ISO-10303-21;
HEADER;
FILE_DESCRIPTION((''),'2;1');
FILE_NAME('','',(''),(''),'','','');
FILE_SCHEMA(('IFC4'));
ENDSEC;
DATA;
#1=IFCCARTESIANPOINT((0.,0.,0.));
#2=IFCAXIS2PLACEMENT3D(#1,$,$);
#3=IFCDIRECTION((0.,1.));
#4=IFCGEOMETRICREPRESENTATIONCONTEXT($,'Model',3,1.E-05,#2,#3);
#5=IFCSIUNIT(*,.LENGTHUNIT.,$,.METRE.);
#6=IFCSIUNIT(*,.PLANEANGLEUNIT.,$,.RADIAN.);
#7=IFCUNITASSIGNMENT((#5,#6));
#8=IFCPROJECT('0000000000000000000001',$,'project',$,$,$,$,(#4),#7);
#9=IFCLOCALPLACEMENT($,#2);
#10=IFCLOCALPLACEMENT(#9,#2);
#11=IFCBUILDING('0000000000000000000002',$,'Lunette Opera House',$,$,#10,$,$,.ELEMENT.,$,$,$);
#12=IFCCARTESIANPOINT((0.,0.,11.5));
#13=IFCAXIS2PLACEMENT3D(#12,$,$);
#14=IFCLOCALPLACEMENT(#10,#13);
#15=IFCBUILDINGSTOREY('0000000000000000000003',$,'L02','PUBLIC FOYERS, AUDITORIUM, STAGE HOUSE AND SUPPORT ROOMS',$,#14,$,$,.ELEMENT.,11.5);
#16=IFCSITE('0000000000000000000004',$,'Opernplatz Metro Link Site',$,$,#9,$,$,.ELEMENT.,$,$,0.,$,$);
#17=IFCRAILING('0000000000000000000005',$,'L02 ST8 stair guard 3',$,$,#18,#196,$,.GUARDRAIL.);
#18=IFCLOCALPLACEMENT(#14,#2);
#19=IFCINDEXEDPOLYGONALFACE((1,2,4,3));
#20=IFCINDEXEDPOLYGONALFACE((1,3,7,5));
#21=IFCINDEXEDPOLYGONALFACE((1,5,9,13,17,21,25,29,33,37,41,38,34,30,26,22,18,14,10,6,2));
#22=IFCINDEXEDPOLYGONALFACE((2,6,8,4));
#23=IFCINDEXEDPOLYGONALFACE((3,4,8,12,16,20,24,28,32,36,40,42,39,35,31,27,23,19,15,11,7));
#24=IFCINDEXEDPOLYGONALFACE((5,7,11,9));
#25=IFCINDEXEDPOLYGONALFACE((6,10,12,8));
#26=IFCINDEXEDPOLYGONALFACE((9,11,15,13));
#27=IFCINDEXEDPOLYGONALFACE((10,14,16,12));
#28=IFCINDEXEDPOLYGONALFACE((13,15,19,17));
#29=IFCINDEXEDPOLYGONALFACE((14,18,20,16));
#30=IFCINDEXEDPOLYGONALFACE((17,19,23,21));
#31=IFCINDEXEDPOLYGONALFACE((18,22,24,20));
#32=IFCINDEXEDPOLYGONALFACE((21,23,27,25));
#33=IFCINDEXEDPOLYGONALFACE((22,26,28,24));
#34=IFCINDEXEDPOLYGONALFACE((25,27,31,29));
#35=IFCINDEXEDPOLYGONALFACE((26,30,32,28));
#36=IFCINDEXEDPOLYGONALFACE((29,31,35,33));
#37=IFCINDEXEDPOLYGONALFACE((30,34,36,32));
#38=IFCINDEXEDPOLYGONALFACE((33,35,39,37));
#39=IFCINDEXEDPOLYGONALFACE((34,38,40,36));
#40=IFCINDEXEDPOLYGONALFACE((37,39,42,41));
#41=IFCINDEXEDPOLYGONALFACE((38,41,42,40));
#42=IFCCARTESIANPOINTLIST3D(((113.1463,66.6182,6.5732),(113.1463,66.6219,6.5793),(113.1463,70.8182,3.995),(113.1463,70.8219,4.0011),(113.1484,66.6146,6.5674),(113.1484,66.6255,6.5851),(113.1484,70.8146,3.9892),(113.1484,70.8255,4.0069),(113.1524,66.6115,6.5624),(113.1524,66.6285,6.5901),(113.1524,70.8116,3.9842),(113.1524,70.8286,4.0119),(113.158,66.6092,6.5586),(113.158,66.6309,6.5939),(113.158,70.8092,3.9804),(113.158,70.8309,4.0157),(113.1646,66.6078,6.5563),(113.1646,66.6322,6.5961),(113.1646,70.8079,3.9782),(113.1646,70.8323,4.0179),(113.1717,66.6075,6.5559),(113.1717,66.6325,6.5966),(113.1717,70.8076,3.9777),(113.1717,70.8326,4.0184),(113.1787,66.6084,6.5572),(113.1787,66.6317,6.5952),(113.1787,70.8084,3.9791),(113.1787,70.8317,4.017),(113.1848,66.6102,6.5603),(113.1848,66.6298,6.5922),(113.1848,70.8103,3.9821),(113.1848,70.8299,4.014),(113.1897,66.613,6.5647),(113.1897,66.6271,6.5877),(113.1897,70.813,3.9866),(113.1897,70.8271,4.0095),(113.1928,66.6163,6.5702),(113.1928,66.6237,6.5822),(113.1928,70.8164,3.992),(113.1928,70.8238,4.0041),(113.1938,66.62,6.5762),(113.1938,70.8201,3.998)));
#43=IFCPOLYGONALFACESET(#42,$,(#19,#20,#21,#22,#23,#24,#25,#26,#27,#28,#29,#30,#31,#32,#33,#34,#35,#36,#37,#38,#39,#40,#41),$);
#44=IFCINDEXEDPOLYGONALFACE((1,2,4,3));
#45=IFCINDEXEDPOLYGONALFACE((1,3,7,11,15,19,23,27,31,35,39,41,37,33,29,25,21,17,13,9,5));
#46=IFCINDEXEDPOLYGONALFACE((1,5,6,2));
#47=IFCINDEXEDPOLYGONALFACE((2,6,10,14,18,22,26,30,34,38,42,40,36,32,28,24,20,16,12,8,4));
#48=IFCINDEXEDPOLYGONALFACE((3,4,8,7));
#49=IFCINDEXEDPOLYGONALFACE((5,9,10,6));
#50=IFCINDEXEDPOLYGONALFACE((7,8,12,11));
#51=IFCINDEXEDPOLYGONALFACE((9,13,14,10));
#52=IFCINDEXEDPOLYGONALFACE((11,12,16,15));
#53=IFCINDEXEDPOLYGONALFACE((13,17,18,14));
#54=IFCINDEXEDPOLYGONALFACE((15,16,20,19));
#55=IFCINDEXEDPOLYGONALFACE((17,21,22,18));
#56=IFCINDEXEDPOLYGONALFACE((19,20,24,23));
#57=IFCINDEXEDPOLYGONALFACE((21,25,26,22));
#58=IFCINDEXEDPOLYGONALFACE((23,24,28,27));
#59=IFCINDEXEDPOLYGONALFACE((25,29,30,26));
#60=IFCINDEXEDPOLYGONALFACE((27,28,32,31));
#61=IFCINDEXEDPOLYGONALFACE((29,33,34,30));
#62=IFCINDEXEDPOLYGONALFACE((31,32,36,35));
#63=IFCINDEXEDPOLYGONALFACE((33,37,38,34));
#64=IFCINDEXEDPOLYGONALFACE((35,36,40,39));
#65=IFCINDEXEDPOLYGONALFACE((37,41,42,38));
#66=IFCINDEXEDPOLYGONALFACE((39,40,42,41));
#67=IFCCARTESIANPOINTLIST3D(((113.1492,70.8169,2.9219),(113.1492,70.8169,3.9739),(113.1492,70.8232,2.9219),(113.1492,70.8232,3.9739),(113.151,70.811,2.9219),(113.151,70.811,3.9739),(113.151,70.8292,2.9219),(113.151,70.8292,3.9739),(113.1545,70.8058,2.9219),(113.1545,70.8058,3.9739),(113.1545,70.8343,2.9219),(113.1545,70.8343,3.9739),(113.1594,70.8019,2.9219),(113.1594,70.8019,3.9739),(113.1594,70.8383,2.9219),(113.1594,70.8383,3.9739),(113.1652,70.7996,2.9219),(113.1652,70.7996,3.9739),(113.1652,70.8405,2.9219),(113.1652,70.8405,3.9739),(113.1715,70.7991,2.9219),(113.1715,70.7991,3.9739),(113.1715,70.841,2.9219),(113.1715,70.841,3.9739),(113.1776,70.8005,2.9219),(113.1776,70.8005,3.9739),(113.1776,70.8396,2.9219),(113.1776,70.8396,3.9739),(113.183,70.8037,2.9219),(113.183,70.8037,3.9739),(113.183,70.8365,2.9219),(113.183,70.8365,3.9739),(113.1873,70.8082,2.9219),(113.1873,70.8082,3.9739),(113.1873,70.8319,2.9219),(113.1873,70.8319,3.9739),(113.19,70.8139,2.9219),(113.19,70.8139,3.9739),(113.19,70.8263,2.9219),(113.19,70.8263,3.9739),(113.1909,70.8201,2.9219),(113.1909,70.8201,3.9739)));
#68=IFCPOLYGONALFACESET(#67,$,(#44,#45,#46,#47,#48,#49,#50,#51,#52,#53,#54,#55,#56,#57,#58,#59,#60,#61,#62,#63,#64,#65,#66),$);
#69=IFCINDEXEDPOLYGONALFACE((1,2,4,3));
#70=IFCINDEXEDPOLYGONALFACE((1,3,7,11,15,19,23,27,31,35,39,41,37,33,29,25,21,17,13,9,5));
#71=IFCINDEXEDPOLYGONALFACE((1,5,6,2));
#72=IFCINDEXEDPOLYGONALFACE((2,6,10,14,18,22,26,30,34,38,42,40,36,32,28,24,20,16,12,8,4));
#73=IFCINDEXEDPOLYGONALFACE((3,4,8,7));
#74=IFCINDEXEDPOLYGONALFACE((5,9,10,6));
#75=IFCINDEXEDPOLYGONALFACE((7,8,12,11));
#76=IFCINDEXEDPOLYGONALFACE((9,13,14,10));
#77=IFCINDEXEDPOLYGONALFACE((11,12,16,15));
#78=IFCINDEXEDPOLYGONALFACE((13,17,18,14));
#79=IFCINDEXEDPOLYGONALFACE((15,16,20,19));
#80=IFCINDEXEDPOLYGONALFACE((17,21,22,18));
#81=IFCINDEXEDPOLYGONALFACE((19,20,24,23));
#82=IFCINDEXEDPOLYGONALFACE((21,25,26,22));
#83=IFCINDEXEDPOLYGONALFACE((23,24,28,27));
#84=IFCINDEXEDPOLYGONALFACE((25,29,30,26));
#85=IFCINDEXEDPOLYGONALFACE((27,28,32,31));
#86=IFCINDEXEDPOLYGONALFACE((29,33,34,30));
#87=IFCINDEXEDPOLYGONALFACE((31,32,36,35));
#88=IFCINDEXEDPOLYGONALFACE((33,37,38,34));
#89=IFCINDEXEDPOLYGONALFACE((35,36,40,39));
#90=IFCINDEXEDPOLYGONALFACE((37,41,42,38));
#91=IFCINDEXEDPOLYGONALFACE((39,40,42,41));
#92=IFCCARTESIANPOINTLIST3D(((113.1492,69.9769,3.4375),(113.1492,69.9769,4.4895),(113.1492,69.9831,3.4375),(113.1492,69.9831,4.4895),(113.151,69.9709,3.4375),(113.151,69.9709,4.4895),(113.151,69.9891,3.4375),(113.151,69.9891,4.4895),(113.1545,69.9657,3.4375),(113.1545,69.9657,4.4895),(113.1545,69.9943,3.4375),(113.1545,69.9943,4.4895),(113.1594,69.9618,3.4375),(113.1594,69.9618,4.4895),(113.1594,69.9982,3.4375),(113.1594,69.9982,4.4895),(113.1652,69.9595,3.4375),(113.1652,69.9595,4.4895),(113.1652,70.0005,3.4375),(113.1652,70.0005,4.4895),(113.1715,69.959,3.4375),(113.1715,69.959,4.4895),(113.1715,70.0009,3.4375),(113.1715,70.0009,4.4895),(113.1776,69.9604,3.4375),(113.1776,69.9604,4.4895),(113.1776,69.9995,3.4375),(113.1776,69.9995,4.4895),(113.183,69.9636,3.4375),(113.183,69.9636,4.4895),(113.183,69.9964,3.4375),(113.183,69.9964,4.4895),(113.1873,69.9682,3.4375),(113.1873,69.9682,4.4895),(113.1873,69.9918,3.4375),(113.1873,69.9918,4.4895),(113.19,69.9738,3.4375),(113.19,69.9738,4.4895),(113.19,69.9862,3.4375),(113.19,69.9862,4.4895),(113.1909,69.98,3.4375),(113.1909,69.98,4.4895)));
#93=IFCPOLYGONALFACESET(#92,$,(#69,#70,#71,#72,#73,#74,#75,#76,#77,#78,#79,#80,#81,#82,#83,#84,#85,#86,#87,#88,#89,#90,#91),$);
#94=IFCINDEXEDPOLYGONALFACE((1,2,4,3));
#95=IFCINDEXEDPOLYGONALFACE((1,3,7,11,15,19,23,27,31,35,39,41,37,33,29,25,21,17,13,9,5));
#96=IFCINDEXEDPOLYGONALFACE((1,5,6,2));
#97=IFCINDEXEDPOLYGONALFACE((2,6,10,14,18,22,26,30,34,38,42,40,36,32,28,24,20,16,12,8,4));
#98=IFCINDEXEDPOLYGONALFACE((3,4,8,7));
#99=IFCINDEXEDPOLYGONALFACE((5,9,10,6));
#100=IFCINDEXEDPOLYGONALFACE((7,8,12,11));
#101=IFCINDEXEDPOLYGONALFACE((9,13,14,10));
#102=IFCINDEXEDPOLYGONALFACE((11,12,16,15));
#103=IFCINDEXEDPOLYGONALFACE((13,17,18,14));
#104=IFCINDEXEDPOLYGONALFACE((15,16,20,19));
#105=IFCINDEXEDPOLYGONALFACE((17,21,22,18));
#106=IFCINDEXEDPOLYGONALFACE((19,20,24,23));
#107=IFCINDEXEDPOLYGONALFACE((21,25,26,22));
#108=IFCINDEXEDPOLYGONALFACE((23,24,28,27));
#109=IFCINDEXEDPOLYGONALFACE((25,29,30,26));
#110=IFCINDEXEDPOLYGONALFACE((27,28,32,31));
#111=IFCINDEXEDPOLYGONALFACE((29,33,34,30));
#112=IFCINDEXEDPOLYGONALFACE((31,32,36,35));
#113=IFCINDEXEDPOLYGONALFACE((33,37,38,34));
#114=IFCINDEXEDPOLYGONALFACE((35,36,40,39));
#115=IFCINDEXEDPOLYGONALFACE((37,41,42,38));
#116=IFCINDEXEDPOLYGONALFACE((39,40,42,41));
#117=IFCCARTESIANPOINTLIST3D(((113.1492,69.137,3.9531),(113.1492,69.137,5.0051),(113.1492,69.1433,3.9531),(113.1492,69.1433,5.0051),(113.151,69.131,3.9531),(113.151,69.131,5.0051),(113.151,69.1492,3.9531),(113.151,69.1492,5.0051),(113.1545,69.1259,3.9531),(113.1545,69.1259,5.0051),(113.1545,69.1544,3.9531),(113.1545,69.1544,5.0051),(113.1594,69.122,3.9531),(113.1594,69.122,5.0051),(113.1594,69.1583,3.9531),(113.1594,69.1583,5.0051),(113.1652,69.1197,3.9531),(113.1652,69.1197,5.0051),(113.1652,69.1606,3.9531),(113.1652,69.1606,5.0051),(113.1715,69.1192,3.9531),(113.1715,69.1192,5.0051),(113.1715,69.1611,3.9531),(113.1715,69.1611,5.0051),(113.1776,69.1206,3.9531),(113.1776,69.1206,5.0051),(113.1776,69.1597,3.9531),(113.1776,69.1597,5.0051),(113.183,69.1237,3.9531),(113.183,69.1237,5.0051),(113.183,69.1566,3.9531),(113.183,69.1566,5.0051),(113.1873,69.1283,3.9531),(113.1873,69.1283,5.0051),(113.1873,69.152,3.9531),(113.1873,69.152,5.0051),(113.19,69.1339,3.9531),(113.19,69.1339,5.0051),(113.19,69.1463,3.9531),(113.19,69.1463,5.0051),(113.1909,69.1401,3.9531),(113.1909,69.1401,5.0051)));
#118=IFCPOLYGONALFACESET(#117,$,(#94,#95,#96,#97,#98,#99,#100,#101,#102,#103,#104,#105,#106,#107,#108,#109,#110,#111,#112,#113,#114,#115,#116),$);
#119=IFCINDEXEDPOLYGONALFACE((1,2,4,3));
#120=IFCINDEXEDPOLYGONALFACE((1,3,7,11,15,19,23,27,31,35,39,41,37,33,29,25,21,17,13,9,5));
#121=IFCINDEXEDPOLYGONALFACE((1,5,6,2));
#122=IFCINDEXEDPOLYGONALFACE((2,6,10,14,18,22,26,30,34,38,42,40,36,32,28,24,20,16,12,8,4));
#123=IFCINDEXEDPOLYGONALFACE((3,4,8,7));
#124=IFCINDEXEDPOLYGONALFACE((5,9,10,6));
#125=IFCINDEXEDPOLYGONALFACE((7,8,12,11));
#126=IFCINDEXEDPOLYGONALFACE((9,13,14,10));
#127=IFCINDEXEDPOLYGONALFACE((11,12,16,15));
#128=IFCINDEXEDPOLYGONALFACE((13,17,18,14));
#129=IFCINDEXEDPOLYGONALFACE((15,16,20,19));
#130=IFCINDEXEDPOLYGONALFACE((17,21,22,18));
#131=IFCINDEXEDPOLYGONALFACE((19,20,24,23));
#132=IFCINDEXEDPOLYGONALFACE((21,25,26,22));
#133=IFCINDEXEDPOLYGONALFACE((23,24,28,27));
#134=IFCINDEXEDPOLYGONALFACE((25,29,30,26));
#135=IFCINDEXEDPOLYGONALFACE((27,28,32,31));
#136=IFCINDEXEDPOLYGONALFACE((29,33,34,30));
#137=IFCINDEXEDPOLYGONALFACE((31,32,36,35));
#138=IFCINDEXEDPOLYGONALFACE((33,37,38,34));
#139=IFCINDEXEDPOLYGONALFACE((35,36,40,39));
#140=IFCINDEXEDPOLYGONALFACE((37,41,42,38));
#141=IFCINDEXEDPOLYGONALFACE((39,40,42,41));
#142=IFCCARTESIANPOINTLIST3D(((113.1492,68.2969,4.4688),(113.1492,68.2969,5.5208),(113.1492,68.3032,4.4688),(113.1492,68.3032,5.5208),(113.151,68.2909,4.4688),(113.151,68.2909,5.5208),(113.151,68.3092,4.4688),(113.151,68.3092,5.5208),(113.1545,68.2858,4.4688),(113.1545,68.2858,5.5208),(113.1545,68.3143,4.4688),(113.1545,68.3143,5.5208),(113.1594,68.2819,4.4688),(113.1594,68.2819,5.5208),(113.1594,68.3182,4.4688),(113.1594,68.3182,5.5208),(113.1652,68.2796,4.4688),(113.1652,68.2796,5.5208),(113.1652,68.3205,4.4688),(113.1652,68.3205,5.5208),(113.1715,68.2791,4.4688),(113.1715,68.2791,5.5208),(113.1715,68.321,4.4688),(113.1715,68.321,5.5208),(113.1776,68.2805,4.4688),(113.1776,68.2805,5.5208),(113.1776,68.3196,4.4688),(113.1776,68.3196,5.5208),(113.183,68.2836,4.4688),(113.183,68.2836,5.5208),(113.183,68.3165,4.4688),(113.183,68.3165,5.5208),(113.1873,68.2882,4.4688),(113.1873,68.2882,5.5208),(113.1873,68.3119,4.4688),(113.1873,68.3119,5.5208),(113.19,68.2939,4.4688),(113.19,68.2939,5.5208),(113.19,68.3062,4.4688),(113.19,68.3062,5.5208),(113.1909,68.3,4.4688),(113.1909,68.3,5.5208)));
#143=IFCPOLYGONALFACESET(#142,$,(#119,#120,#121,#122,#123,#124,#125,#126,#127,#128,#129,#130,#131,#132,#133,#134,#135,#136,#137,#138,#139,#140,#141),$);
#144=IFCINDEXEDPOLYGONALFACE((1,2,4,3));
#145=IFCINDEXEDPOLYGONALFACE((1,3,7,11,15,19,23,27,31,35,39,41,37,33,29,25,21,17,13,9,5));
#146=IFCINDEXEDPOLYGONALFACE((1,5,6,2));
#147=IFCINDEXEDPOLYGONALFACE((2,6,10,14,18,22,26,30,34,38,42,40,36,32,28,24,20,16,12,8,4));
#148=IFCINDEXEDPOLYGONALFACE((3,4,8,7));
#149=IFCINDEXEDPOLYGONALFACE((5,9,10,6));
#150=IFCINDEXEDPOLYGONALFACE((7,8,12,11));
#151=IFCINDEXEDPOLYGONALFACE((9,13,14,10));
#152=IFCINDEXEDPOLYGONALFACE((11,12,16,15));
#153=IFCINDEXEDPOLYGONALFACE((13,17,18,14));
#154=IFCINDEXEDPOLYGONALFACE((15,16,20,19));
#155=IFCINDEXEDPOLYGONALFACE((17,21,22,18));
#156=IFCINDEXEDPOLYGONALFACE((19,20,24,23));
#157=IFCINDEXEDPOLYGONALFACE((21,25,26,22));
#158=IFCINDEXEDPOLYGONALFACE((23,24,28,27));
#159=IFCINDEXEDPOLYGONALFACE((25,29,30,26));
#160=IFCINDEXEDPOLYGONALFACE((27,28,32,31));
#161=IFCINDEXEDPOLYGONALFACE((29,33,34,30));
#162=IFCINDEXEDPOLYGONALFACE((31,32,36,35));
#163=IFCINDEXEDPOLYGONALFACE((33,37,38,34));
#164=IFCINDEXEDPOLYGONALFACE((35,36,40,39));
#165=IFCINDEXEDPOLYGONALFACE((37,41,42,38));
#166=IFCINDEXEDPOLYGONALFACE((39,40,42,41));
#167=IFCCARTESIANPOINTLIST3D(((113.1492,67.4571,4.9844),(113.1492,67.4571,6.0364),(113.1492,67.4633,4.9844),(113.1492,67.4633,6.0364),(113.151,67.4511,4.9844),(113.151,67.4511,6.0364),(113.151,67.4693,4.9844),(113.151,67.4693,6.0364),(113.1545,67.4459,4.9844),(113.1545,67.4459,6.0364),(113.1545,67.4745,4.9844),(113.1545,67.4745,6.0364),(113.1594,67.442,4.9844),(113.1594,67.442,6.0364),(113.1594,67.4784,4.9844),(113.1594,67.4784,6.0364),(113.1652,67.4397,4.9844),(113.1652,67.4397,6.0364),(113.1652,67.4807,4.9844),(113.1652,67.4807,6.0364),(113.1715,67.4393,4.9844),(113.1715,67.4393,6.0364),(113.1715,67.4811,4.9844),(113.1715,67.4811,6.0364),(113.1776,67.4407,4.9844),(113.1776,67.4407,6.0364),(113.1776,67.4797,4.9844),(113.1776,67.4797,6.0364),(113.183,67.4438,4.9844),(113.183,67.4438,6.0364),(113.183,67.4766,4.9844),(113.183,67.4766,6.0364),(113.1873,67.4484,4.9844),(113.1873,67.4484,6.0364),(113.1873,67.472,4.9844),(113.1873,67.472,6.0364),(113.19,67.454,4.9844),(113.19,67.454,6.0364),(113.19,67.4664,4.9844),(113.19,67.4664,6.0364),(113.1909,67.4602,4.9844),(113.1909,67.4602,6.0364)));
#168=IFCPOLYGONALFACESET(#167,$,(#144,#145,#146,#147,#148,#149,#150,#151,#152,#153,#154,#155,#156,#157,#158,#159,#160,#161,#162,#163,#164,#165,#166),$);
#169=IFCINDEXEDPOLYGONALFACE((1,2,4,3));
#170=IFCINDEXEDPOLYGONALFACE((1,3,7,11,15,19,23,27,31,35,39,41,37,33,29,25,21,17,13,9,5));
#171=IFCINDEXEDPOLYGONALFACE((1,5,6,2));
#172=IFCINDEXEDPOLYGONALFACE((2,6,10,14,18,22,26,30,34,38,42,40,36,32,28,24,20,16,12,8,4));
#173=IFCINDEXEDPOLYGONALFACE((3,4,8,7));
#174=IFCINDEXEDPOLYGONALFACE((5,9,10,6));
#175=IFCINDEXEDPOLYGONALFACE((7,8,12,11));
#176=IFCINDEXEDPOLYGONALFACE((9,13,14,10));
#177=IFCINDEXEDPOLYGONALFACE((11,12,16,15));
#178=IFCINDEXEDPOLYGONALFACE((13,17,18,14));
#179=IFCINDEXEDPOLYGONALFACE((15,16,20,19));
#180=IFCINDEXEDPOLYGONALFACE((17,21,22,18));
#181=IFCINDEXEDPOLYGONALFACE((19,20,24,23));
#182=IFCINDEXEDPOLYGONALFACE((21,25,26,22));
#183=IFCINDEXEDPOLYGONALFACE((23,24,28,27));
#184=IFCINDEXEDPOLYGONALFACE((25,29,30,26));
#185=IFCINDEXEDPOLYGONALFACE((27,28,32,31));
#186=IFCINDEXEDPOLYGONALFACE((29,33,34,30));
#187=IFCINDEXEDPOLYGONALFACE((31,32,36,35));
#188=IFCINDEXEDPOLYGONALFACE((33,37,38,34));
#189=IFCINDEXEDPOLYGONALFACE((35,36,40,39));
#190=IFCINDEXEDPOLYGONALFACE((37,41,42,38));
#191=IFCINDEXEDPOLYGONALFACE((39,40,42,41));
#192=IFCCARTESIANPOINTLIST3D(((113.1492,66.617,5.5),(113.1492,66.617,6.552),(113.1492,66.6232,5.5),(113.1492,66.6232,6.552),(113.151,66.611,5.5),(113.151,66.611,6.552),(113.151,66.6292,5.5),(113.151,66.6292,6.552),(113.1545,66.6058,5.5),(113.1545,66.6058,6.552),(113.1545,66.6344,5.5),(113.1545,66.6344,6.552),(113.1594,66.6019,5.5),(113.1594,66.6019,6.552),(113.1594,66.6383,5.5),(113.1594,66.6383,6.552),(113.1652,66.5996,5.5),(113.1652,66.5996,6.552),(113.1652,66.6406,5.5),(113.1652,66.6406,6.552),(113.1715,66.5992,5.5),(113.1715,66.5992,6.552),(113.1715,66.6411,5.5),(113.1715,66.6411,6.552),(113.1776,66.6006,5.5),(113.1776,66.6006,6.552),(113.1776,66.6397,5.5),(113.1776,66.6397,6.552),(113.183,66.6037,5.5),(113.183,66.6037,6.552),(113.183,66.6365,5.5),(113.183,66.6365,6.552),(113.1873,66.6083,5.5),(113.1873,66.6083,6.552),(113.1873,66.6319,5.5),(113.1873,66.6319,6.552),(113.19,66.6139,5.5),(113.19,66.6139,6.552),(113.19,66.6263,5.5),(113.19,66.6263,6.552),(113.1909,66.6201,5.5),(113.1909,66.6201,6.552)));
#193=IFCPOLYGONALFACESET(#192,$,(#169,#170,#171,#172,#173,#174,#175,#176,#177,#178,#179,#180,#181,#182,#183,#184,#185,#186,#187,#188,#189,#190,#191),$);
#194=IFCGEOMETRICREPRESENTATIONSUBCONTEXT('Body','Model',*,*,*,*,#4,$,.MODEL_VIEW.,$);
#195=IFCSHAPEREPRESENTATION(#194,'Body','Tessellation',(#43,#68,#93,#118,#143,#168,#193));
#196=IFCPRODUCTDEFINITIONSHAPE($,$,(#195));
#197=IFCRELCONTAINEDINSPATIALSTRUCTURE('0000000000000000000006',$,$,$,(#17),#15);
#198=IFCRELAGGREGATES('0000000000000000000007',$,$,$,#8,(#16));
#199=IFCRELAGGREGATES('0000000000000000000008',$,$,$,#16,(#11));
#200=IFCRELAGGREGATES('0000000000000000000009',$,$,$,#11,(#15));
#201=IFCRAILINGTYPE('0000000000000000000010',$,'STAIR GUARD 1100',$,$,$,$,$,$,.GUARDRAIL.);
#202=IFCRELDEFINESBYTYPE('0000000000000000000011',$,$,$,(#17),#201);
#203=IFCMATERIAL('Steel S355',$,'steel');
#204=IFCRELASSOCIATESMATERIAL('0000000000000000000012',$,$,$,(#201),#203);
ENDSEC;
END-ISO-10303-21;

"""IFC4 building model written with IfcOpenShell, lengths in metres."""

from ifc_helpers import new_model, si_unit, direction, frame, origin, origin_2d, place, context, subcontext, project, spatial, circle, extrude, material, type_object, element, save


model = new_model("IFC4")

# Units and contexts
model_context = context("Model", 3, precision=1e-05, world=origin(), true_north=direction((0.0, 1.0)))
body_context = subcontext(model_context, "Body", "Model", "MODEL_VIEW")
ifc_project = project(units=[si_unit("LENGTHUNIT", "METRE"), si_unit("PLANEANGLEUNIT", "RADIAN")], contexts=[model_context])

# Site, building, storey
site_placement = place(None, origin())
site = spatial("IfcSite", under=ifc_project, at=site_placement, Name="Opernplatz Metro Link Site", CompositionType="ELEMENT", RefElevation=0.0)
building_placement = place(site_placement, origin())
building = spatial("IfcBuilding", under=site, at=building_placement, Name="Lunette Opera House", CompositionType="ELEMENT")
storey_placement = place(building_placement, frame((0.0, 0.0, 11.5)))
storey = spatial("IfcBuildingStorey", under=building, at=storey_placement, Name="L02", Description="PUBLIC FOYERS, AUDITORIUM, STAGE HOUSE AND SUPPORT ROOMS", CompositionType="ELEMENT", Elevation=11.5)

# Railing
ifc_material_1 = material(Name="Steel S355", Category="steel")
railing_type_1 = type_object("IfcRailingType", Name="STAIR GUARD 1100", PredefinedType="GUARDRAIL", material=ifc_material_1)
railing_1_placement = place(storey_placement, frame((113.1699, 70.8201, 2.9219)))
element("IfcRailing", 1, at=railing_1_placement, inside=storey, type_object=railing_type_1, Name="L02 ST8 stair guard 3", PredefinedType="GUARDRAIL", context=body_context, shape_type="SweptSolid", body=[
    extrude(circle(Radius=0.0239, at=origin_2d()), frame((0.0, 0.0, 1.0762), z_axis=(0.0, -0.852243, 0.523146), x_axis=(1.0, 0.0, 0.0)), (0.0, 0.0, 1.0), 4.9282),
    extrude(circle(Radius=0.021, at=origin_2d()), origin(), (0.0, 0.0, 1.0), 1.052),
    extrude(circle(Radius=0.021, at=origin_2d()), frame((0.0, -0.8401, 0.5156)), (0.0, 0.0, 1.0), 1.052),
    extrude(circle(Radius=0.021, at=origin_2d()), frame((0.0, -1.6799, 1.0312)), (0.0, 0.0, 1.0), 1.052),
    extrude(circle(Radius=0.021, at=origin_2d()), frame((0.0, -2.52, 1.5469)), (0.0, 0.0, 1.0), 1.052),
    extrude(circle(Radius=0.021, at=origin_2d()), frame((0.0, -3.3599, 2.0625)), (0.0, 0.0, 1.0), 1.052),
    extrude(circle(Radius=0.021, at=origin_2d()), frame((0.0, -4.2, 2.5781)), (0.0, 0.0, 1.0), 1.052),
])

save(model, "model.ifc")
